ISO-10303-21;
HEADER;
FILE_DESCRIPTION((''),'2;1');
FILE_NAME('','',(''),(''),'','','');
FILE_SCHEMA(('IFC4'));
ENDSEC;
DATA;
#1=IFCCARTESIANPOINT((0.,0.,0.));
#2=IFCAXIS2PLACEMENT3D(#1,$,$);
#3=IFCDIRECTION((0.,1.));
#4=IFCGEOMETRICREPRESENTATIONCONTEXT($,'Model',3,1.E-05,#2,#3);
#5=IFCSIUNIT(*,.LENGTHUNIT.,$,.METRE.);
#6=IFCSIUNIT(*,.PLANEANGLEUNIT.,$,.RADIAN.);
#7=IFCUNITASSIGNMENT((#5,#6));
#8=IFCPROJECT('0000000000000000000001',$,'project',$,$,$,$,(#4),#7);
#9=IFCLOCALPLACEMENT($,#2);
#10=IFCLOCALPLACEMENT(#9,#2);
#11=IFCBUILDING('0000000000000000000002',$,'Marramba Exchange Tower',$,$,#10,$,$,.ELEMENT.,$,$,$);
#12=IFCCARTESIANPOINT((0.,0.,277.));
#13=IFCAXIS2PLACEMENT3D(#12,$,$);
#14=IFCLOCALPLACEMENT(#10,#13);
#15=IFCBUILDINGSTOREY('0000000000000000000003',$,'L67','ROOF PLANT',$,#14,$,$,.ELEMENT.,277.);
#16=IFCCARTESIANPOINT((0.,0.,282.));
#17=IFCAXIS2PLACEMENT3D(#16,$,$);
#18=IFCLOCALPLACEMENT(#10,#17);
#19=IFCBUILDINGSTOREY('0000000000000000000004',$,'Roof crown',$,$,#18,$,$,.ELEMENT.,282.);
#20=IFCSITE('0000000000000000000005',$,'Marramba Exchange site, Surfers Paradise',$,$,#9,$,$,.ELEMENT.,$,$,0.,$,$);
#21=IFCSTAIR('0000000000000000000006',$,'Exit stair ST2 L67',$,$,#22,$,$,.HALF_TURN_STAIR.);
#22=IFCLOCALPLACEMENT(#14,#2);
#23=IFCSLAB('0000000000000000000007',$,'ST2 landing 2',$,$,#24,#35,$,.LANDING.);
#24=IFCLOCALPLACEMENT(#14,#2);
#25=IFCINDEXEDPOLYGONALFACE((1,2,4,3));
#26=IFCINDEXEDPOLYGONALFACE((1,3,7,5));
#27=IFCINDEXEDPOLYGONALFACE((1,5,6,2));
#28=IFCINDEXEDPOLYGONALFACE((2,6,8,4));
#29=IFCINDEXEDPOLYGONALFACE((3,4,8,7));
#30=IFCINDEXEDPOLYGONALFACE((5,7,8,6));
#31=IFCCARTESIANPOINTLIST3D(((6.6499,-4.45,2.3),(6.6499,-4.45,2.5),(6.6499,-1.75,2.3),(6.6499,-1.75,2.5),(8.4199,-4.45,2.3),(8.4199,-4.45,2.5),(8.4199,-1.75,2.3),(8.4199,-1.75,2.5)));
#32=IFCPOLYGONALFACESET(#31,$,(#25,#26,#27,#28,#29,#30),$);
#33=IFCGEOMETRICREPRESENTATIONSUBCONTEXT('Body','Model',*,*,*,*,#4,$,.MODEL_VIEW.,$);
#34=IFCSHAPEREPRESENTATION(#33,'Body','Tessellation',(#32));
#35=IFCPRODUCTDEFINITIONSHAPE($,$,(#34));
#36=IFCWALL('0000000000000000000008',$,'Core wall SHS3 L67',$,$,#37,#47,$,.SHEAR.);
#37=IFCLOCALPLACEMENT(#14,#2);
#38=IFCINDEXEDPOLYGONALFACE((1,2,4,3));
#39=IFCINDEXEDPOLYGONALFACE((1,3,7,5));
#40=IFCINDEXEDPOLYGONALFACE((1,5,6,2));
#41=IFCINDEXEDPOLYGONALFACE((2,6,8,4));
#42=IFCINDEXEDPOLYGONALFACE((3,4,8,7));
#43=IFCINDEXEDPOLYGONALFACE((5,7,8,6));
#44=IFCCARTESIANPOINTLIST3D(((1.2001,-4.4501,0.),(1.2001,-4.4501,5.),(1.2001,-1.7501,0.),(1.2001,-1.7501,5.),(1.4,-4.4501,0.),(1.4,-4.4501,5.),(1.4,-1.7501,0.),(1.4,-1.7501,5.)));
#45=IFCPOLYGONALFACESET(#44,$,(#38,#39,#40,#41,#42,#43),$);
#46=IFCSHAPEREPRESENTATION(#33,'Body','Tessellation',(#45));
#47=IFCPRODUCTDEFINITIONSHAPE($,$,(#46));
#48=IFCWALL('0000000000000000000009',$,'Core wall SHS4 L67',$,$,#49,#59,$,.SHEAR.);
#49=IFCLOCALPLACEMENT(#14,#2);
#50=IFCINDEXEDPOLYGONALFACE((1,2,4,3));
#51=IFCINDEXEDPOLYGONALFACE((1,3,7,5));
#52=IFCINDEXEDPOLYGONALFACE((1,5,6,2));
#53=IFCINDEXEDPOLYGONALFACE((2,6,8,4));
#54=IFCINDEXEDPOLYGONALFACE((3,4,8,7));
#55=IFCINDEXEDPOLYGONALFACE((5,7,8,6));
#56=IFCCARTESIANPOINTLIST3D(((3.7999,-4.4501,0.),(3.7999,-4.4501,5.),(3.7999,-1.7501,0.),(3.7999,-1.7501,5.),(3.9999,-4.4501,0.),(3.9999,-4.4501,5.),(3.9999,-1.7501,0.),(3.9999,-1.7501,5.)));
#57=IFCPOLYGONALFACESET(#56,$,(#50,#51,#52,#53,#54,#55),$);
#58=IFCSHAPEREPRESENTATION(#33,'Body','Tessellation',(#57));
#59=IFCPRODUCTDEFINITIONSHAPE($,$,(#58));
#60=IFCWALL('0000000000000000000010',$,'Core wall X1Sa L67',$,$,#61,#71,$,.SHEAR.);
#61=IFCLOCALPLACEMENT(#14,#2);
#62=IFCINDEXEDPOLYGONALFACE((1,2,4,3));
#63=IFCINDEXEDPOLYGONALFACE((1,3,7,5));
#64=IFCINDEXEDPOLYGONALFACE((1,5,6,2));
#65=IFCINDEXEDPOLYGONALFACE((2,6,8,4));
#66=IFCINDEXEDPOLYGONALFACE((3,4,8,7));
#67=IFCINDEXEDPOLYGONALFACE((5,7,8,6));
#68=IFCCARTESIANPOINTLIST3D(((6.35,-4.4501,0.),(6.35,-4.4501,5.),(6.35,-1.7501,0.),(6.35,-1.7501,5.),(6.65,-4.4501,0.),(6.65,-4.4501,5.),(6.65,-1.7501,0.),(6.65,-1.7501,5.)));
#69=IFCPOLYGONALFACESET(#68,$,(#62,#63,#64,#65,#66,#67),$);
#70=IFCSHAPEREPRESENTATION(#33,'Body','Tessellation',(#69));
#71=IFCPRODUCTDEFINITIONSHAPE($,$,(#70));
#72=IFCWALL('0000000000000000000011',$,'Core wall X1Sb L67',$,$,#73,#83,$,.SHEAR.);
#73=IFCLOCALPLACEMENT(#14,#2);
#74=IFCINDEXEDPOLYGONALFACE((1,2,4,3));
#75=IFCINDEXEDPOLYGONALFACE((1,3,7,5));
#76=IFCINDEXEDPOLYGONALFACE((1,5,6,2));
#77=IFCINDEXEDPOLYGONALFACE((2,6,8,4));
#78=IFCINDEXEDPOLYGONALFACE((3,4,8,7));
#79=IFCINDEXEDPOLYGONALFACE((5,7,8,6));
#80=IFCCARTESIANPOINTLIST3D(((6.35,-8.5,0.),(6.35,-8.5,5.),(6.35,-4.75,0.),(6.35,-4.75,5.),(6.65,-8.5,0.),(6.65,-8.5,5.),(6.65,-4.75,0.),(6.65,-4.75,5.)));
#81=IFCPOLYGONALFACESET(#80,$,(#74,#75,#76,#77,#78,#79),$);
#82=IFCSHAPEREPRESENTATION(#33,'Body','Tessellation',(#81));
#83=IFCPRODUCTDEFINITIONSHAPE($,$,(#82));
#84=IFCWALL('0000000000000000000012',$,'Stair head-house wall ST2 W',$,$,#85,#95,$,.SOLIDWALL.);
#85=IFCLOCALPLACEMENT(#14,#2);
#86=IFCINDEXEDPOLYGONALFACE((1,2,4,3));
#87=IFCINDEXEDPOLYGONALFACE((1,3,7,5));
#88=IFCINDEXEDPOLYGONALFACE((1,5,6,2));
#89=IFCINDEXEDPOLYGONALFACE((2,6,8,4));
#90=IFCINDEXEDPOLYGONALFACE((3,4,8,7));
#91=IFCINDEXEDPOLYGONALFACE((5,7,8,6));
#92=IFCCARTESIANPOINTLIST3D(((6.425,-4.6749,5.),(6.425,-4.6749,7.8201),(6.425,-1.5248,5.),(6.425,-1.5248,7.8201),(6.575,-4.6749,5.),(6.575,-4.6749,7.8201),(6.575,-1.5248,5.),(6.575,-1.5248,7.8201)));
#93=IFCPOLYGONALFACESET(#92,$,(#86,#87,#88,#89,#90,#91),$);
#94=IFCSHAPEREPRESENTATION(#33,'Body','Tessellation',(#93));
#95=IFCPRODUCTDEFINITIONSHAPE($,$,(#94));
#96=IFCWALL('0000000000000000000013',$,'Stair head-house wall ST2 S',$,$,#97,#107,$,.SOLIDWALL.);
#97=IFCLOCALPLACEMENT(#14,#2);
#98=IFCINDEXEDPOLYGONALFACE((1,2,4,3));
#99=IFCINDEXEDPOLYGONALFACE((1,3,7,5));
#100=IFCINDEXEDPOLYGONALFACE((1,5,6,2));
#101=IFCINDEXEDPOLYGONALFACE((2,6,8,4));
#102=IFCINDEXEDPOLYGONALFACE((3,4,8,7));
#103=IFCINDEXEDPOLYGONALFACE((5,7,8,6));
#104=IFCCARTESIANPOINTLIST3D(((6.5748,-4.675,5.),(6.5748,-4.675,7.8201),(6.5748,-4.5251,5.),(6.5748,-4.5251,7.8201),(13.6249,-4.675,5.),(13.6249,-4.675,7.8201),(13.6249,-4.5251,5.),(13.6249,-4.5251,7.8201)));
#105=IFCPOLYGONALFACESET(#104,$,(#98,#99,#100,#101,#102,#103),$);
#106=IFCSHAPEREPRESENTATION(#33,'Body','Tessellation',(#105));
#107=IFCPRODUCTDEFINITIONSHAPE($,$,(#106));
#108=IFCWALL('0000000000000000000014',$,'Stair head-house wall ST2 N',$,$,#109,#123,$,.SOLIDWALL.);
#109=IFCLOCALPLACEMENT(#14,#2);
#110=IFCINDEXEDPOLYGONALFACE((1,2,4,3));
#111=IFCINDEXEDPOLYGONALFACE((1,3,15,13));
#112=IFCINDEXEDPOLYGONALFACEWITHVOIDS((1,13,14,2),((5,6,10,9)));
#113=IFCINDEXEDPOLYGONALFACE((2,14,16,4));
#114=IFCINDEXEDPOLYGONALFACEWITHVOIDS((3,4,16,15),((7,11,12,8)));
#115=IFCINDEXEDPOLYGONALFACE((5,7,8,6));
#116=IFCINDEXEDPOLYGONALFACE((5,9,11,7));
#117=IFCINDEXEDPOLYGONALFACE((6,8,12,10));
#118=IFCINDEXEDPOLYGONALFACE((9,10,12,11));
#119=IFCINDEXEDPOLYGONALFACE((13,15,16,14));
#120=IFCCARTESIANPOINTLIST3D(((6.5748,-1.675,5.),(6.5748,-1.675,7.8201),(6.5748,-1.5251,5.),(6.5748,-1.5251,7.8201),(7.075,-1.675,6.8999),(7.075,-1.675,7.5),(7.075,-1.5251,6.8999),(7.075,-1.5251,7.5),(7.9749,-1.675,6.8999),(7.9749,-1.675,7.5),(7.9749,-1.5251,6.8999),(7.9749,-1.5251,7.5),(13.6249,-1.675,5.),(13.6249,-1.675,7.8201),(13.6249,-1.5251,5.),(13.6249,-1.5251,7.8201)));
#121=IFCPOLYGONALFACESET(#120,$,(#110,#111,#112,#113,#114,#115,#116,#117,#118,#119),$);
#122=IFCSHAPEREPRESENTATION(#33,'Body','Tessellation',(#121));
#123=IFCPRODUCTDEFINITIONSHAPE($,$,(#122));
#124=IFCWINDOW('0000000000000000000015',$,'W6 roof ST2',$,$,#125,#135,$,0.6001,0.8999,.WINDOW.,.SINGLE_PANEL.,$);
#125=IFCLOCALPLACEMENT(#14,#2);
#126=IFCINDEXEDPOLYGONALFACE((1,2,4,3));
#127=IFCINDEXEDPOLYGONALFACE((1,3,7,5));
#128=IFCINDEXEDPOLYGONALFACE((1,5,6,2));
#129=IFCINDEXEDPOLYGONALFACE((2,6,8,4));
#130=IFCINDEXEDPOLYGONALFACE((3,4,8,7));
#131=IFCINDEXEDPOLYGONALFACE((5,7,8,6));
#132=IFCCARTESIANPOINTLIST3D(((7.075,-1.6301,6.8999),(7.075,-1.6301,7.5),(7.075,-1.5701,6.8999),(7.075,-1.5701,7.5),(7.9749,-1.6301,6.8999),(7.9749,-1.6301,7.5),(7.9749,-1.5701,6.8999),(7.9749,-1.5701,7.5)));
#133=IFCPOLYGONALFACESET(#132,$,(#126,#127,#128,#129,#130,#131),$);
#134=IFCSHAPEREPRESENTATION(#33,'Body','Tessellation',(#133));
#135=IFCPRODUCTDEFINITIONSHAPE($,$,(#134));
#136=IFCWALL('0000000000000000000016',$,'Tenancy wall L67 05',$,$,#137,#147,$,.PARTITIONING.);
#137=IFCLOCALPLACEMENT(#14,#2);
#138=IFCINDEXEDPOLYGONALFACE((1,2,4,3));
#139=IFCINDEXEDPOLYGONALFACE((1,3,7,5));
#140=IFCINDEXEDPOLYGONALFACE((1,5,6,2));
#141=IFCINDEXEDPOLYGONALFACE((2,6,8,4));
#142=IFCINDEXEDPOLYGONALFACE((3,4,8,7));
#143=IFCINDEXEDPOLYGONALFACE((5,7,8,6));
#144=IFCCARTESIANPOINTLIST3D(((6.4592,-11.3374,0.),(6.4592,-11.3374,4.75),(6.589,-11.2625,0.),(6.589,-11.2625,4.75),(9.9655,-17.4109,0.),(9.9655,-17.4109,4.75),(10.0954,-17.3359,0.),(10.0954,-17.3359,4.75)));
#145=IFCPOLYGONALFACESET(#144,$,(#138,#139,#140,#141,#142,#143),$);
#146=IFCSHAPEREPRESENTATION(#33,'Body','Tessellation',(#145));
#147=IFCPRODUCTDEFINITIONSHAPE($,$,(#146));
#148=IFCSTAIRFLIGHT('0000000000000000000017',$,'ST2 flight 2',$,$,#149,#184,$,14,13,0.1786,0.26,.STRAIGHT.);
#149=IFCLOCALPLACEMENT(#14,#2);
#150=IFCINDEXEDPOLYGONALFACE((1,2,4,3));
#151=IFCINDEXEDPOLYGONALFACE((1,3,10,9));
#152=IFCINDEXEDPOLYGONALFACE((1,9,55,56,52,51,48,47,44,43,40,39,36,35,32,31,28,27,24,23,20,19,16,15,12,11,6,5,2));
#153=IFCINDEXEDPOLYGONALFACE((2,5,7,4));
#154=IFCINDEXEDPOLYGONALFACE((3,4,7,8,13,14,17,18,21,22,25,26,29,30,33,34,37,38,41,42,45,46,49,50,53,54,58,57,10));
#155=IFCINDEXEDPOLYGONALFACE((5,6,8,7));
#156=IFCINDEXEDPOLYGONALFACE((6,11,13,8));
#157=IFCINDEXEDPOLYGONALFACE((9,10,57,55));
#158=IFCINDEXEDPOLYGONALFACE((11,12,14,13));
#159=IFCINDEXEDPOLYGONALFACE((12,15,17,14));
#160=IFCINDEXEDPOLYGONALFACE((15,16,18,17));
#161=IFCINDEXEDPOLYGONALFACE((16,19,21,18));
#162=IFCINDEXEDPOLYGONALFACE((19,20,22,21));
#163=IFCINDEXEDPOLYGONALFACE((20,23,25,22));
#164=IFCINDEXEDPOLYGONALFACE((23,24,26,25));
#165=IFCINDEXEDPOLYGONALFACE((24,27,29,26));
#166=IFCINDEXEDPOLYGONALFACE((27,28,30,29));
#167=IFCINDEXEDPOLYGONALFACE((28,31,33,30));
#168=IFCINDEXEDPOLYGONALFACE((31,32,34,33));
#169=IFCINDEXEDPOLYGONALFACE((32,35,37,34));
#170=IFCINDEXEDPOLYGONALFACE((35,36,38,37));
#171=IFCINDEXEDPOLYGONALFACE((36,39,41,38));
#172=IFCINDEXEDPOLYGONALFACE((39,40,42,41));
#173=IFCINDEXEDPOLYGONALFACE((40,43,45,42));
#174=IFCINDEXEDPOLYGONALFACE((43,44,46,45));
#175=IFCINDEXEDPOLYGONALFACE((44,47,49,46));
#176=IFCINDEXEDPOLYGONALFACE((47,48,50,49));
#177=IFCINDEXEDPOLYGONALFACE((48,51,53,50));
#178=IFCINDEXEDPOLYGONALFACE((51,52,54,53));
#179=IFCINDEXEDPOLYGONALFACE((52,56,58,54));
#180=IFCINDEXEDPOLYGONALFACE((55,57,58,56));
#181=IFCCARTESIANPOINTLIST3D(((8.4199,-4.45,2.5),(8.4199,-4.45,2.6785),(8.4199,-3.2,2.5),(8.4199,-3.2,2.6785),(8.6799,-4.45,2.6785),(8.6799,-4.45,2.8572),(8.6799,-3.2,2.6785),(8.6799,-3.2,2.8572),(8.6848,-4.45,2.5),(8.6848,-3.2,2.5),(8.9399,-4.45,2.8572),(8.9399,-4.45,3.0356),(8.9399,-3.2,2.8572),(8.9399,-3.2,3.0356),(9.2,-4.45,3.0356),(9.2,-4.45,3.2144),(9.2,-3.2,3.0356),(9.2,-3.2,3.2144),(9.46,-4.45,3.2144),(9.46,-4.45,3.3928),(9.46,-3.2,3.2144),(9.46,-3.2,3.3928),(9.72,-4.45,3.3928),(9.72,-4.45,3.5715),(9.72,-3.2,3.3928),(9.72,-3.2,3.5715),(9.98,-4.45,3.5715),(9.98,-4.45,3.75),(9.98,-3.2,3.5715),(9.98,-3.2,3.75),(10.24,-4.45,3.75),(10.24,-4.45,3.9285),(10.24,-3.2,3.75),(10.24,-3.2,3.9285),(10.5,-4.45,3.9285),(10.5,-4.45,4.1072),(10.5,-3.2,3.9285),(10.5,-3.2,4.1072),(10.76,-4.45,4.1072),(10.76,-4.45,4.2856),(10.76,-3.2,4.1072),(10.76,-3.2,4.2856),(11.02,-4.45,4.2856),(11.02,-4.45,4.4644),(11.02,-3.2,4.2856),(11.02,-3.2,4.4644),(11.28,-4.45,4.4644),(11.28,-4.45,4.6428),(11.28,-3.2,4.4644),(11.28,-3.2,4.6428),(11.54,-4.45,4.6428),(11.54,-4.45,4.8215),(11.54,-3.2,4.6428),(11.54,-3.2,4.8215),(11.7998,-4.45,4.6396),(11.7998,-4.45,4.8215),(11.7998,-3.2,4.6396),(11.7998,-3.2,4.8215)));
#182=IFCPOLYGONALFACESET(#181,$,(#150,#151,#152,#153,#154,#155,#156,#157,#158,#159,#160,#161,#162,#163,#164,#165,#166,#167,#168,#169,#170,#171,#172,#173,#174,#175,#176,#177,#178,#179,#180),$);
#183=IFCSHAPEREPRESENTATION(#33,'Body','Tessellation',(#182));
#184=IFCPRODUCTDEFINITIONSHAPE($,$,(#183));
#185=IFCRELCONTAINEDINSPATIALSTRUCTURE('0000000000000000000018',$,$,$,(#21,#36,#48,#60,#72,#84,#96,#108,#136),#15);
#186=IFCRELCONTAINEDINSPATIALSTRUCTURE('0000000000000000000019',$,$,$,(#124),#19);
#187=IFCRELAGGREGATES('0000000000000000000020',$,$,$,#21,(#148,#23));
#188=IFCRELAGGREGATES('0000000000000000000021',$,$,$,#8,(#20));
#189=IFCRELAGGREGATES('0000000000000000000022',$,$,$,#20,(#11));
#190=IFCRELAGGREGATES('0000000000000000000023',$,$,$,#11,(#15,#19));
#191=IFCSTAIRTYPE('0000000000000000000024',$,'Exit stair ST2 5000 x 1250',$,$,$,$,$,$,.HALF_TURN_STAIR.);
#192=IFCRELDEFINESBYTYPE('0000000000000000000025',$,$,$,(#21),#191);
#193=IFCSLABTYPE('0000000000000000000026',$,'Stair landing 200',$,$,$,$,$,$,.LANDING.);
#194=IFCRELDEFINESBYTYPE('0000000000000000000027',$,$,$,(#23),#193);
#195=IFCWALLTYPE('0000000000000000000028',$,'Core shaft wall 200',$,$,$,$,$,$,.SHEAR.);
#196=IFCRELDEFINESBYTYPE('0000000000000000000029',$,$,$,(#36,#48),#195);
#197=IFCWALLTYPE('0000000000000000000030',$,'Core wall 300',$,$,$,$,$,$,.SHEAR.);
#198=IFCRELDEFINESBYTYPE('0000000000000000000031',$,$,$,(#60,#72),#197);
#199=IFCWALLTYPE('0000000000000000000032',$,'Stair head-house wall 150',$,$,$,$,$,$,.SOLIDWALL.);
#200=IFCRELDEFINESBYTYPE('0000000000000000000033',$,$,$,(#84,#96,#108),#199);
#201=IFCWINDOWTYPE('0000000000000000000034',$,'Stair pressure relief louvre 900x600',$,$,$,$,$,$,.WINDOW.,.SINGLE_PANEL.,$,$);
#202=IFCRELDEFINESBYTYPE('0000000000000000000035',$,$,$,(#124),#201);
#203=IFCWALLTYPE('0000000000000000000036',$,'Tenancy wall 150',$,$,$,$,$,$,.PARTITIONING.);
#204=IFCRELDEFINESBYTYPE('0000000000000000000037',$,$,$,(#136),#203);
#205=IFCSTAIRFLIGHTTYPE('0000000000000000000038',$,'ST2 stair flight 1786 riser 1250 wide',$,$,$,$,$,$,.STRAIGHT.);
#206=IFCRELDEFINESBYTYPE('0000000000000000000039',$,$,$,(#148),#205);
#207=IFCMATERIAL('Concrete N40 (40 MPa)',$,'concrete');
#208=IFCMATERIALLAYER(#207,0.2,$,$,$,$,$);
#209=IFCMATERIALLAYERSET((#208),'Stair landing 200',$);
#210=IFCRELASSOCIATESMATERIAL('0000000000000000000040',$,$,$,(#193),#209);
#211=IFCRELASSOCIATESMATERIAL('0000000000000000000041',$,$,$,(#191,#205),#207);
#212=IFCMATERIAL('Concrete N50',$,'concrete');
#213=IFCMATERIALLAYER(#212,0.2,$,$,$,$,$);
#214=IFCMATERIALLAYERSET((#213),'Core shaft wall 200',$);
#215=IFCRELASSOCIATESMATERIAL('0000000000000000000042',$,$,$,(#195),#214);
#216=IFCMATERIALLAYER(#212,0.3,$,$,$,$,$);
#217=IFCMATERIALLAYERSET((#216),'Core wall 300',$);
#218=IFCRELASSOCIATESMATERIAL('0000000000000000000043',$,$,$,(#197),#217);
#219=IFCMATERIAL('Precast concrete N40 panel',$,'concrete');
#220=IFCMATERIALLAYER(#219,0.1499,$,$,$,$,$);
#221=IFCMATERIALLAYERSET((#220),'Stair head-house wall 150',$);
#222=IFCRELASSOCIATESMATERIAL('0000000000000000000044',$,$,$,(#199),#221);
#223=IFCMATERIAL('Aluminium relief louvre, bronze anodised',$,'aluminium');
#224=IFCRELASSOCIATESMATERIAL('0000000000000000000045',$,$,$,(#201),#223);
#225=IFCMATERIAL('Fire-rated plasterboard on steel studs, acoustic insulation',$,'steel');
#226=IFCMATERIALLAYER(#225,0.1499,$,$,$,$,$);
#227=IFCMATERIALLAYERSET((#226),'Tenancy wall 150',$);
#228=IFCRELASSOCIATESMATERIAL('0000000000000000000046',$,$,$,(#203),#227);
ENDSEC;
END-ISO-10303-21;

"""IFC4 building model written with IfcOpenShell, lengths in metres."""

from ifc_helpers import new_model, si_unit, direction, frame, frame_2d, origin, place, context, subcontext, project, spatial, polyline, rectangle, outline, extrude, material, layer, layer_set, type_object, element, fill, aggregate, save


model = new_model("IFC4")

# Units and contexts
model_context = context("Model", 3, precision=1e-05, world=origin(), true_north=direction((0.0, 1.0)))
body_context = subcontext(model_context, "Body", "Model", "MODEL_VIEW")
ifc_project = project(units=[si_unit("LENGTHUNIT", "METRE"), si_unit("PLANEANGLEUNIT", "RADIAN")], contexts=[model_context])

# Site, building, storey
site_placement = place(None, origin())
site = spatial("IfcSite", under=ifc_project, at=site_placement, Name="Marramba Exchange site, Surfers Paradise", CompositionType="ELEMENT", RefElevation=0.0)
building_placement = place(site_placement, origin())
building = spatial("IfcBuilding", under=site, at=building_placement, Name="Marramba Exchange Tower", CompositionType="ELEMENT")
storey_1_placement = place(building_placement, frame((0.0, 0.0, 277.0)))
storey_1 = spatial("IfcBuildingStorey", under=building, at=storey_1_placement, Name="L67", Description="ROOF PLANT", CompositionType="ELEMENT", Elevation=277.0)

# Stair, slab
ifc_material_1 = material(Name="Concrete N40 (40 MPa)", Category="concrete")
ifc_layer_1 = layer(ifc_material_1, 0.2)
ifc_layer_set_1 = layer_set([ifc_layer_1], Name="Stair landing 200")
slab_type = type_object("IfcSlabType", Name="Stair landing 200", PredefinedType="LANDING", material=ifc_layer_set_1)
stair_type_1 = type_object("IfcStairType", Name="Exit stair ST2 5000 x 1250", PredefinedType="HALF_TURN_STAIR", material=ifc_material_1)
stair_1_placement = place(storey_1_placement, origin())
stair_1 = element("IfcStair", 1, at=stair_1_placement, inside=storey_1, type_object=stair_type_1, Name="Exit stair ST2 L67", PredefinedType="HALF_TURN_STAIR")
slab_1_placement = place(storey_1_placement, frame((0.0, 0.0, 2.3)))
slab_1 = element("IfcSlab", 2, at=slab_1_placement, type_object=slab_type, Name="ST2 landing 2", PredefinedType="LANDING", context=body_context, shape_type="SweptSolid", body=[
    extrude(outline(polyline([(6.6499, -4.45), (8.4199, -4.45), (8.4199, -1.75), (6.6499, -1.75), (6.6499, -4.45)])), origin(), (0.0, 0.0, 1.0), 0.2),
])

# Walls
ifc_material_2 = material(Name="Concrete N50", Category="concrete")
ifc_layer_2 = layer(ifc_material_2, 0.2)
ifc_layer_set_2 = layer_set([ifc_layer_2], Name="Core shaft wall 200")
wall_type_1 = type_object("IfcWallType", Name="Core shaft wall 200", PredefinedType="SHEAR", material=ifc_layer_set_2)
for number, where, z_axis, x_axis, name in (
    (3, (1.3, -1.75, 0.0), (0.0, 0.0, 1.0), (0.0, -1.0, 0.0), "Core wall SHS3 L67"),
    (4, (3.8999, -1.75, 0.0), (0.0, 0.0, 1.0), (0.0, -1.0, 0.0), "Core wall SHS4 L67"),
):
    element("IfcWall", number, at=place(storey_1_placement, frame(where, z_axis=z_axis, x_axis=x_axis)), inside=storey_1, type_object=wall_type_1, Name=name, PredefinedType="SHEAR", context=body_context, shape_type="SweptSolid", body=[
        extrude(rectangle(XDim=2.7, YDim=0.2, at=frame_2d((1.3501, 0.0))), origin(), (0.0, 0.0, 1.0), 5.0),
    ])
ifc_layer_3 = layer(ifc_material_2, 0.3)
ifc_layer_set_3 = layer_set([ifc_layer_3], Name="Core wall 300")
wall_type_2 = type_object("IfcWallType", Name="Core wall 300", PredefinedType="SHEAR", material=ifc_layer_set_3)
wall_1_placement = place(storey_1_placement, frame((6.5, -1.75, 0.0), z_axis=(0.0, 0.0, 1.0), x_axis=(0.0, -1.0, 0.0)))
element("IfcWall", 5, at=wall_1_placement, inside=storey_1, type_object=wall_type_2, Name="Core wall X1Sa L67", PredefinedType="SHEAR", context=body_context, shape_type="SweptSolid", body=[
    extrude(rectangle(XDim=2.7, YDim=0.3, at=frame_2d((1.3501, 0.0))), origin(), (0.0, 0.0, 1.0), 5.0),
])
wall_2_placement = place(storey_1_placement, frame((6.5, -4.75, 0.0), z_axis=(0.0, 0.0, 1.0), x_axis=(0.0, -1.0, 0.0)))
element("IfcWall", 6, at=wall_2_placement, inside=storey_1, type_object=wall_type_2, Name="Core wall X1Sb L67", PredefinedType="SHEAR", context=body_context, shape_type="SweptSolid", body=[
    extrude(rectangle(XDim=3.75, YDim=0.3, at=frame_2d((1.875, 0.0))), origin(), (0.0, 0.0, 1.0), 5.0),
])
ifc_material_3 = material(Name="Precast concrete N40 panel", Category="concrete")
ifc_layer_4 = layer(ifc_material_3, 0.1499)
ifc_layer_set_4 = layer_set([ifc_layer_4], Name="Stair head-house wall 150")
wall_type_3 = type_object("IfcWallType", Name="Stair head-house wall 150", PredefinedType="SOLIDWALL", material=ifc_layer_set_4)
wall_3_placement = place(storey_1_placement, frame((6.5, -4.675, 5.0), z_axis=(0.0, 0.0, 1.0), x_axis=(0.0, 1.0, 0.0)))
element("IfcWall", 7, at=wall_3_placement, inside=storey_1, type_object=wall_type_3, Name="Stair head-house wall ST2 W", PredefinedType="SOLIDWALL", context=body_context, shape_type="SweptSolid", body=[
    extrude(rectangle(XDim=3.1501, YDim=0.1499, at=frame_2d((1.5752, 0.0))), origin(), (0.0, 0.0, 1.0), 2.8201),
])
wall_4_placement = place(storey_1_placement, frame((6.575, -4.6001, 5.0), z_axis=(0.0, 0.0, 1.0), x_axis=(1.0, 0.0, 0.0)))
element("IfcWall", 8, at=wall_4_placement, inside=storey_1, type_object=wall_type_3, Name="Stair head-house wall ST2 S", PredefinedType="SOLIDWALL", context=body_context, shape_type="SweptSolid", body=[
    extrude(rectangle(XDim=7.05, YDim=0.1499, at=frame_2d((3.5249, 0.0))), origin(), (0.0, 0.0, 1.0), 2.8201),
])

# Wall, opening
wall_5_placement = place(storey_1_placement, frame((6.575, -1.6001, 5.0), z_axis=(0.0, 0.0, 1.0), x_axis=(1.0, 0.0, 0.0)))
wall_5 = element("IfcWall", 9, at=wall_5_placement, inside=storey_1, type_object=wall_type_3, Name="Stair head-house wall ST2 N", PredefinedType="SOLIDWALL", context=body_context, shape_type="SweptSolid", body=[
    extrude(rectangle(XDim=7.05, YDim=0.1499, at=frame_2d((3.5249, 0.0))), origin(), (0.0, 0.0, 1.0), 2.8201),
])
opening_placement = place(wall_5_placement, frame((0.5, 0.0, 1.8999)))
opening = element("IfcOpeningElement", 10, at=opening_placement, cuts=wall_5, PredefinedType="OPENING", context=body_context, shape_type="SweptSolid", body=[
    extrude(rectangle(XDim=0.8999, YDim=0.6001, at=frame_2d((0.45, 0.3))), frame((0.0, 0.085, 0.0), z_axis=(0.0, -1.0, 0.0), x_axis=(1.0, 0.0, 0.0)), (0.0, 0.0, 1.0), 0.1699),
])

# Shared definitions
storey_2_placement = place(building_placement, frame((0.0, 0.0, 282.0)))
storey_2 = spatial("IfcBuildingStorey", under=building, at=storey_2_placement, Name="Roof crown", CompositionType="ELEMENT", Elevation=282.0)

# Window
ifc_material_4 = material(Name="Aluminium relief louvre, bronze anodised", Category="aluminium")
window_type = type_object("IfcWindowType", Name="Stair pressure relief louvre 900x600", PartitioningType="SINGLE_PANEL", PredefinedType="WINDOW", material=ifc_material_4)
window_placement = place(opening_placement, origin())
window = element("IfcWindow", 11, at=window_placement, inside=storey_2, type_object=window_type, Name="W6 roof ST2", OverallHeight=0.6001, OverallWidth=0.8999, PartitioningType="SINGLE_PANEL", PredefinedType="WINDOW", context=body_context, shape_type="SweptSolid", body=[
    extrude(rectangle(XDim=0.8999, YDim=0.6001, at=frame_2d((0.45, 0.3))), frame((0.0, 0.03, 0.0), z_axis=(0.0, -1.0, 0.0), x_axis=(1.0, 0.0, 0.0)), (0.0, 0.0, 1.0), 0.0601),
])
fill(opening, window)

# Wall
ifc_material_5 = material(Name="Fire-rated plasterboard on steel studs, acoustic insulation", Category="steel")
ifc_layer_5 = layer(ifc_material_5, 0.1499)
ifc_layer_set_5 = layer_set([ifc_layer_5], Name="Tenancy wall 150")
wall_type_4 = type_object("IfcWallType", Name="Tenancy wall 150", PredefinedType="PARTITIONING", material=ifc_layer_set_5)
wall_6_placement = place(storey_1_placement, frame((6.5242, -11.3, 0.0), z_axis=(0.0, 0.0, 1.0), x_axis=(0.499981, -0.866037, 0.0)))
element("IfcWall", 12, at=wall_6_placement, inside=storey_1, type_object=wall_type_4, Name="Tenancy wall L67 05", PredefinedType="PARTITIONING", context=body_context, shape_type="SweptSolid", body=[
    extrude(rectangle(XDim=7.0129, YDim=0.1499, at=frame_2d((3.5063, 0.0))), origin(), (0.0, 0.0, 1.0), 4.75),
])

# Stair flight
stair_flight_type = type_object("IfcStairFlightType", Name="ST2 stair flight 1786 riser 1250 wide", PredefinedType="STRAIGHT", material=ifc_material_1)
stair_flight_placement = place(storey_1_placement, frame((8.4199, -3.825, 2.5), z_axis=(0.0, 0.0, 1.0), x_axis=(1.0, 0.0, 0.0)))
stair_flight = element("IfcStairFlight", 13, at=stair_flight_placement, type_object=stair_flight_type, Name="ST2 flight 2", NumberOfRisers=14, NumberOfTreads=13, PredefinedType="STRAIGHT", RiserHeight=0.1786, TreadLength=0.26, context=body_context, shape_type="SweptSolid", body=[
    extrude(outline(polyline([(0.0, 0.0), (0.0, 0.1785), (0.26, 0.1785), (0.26, 0.3572), (0.52, 0.3572), (0.52, 0.5356), (0.78, 0.5356), (0.78, 0.7144), (1.04, 0.7144), (1.04, 0.8928), (1.3, 0.8928), (1.3, 1.0715), (1.5601, 1.0715), (1.5601, 1.25), (1.8201, 1.25), (1.8201, 1.4285), (2.0801, 1.4285), (2.0801, 1.6072), (2.3401, 1.6072), (2.3401, 1.7856), (2.6001, 1.7856), (2.6001, 1.9644), (2.8601, 1.9644), (2.8601, 2.1428), (3.1201, 2.1428), (3.1201, 2.3215), (3.3799, 2.3215), (3.3799, 2.5), (3.3799, 2.1396), (0.2649, 0.0), (0.0, 0.0)])), frame((0.0, 0.625, 0.0), z_axis=(0.0, -1.0, 0.0), x_axis=(1.0, 0.0, 0.0)), (0.0, 0.0, 1.0), 1.25),
])
aggregate(stair_1, [stair_flight, slab_1])

save(model, "model.ifc")
